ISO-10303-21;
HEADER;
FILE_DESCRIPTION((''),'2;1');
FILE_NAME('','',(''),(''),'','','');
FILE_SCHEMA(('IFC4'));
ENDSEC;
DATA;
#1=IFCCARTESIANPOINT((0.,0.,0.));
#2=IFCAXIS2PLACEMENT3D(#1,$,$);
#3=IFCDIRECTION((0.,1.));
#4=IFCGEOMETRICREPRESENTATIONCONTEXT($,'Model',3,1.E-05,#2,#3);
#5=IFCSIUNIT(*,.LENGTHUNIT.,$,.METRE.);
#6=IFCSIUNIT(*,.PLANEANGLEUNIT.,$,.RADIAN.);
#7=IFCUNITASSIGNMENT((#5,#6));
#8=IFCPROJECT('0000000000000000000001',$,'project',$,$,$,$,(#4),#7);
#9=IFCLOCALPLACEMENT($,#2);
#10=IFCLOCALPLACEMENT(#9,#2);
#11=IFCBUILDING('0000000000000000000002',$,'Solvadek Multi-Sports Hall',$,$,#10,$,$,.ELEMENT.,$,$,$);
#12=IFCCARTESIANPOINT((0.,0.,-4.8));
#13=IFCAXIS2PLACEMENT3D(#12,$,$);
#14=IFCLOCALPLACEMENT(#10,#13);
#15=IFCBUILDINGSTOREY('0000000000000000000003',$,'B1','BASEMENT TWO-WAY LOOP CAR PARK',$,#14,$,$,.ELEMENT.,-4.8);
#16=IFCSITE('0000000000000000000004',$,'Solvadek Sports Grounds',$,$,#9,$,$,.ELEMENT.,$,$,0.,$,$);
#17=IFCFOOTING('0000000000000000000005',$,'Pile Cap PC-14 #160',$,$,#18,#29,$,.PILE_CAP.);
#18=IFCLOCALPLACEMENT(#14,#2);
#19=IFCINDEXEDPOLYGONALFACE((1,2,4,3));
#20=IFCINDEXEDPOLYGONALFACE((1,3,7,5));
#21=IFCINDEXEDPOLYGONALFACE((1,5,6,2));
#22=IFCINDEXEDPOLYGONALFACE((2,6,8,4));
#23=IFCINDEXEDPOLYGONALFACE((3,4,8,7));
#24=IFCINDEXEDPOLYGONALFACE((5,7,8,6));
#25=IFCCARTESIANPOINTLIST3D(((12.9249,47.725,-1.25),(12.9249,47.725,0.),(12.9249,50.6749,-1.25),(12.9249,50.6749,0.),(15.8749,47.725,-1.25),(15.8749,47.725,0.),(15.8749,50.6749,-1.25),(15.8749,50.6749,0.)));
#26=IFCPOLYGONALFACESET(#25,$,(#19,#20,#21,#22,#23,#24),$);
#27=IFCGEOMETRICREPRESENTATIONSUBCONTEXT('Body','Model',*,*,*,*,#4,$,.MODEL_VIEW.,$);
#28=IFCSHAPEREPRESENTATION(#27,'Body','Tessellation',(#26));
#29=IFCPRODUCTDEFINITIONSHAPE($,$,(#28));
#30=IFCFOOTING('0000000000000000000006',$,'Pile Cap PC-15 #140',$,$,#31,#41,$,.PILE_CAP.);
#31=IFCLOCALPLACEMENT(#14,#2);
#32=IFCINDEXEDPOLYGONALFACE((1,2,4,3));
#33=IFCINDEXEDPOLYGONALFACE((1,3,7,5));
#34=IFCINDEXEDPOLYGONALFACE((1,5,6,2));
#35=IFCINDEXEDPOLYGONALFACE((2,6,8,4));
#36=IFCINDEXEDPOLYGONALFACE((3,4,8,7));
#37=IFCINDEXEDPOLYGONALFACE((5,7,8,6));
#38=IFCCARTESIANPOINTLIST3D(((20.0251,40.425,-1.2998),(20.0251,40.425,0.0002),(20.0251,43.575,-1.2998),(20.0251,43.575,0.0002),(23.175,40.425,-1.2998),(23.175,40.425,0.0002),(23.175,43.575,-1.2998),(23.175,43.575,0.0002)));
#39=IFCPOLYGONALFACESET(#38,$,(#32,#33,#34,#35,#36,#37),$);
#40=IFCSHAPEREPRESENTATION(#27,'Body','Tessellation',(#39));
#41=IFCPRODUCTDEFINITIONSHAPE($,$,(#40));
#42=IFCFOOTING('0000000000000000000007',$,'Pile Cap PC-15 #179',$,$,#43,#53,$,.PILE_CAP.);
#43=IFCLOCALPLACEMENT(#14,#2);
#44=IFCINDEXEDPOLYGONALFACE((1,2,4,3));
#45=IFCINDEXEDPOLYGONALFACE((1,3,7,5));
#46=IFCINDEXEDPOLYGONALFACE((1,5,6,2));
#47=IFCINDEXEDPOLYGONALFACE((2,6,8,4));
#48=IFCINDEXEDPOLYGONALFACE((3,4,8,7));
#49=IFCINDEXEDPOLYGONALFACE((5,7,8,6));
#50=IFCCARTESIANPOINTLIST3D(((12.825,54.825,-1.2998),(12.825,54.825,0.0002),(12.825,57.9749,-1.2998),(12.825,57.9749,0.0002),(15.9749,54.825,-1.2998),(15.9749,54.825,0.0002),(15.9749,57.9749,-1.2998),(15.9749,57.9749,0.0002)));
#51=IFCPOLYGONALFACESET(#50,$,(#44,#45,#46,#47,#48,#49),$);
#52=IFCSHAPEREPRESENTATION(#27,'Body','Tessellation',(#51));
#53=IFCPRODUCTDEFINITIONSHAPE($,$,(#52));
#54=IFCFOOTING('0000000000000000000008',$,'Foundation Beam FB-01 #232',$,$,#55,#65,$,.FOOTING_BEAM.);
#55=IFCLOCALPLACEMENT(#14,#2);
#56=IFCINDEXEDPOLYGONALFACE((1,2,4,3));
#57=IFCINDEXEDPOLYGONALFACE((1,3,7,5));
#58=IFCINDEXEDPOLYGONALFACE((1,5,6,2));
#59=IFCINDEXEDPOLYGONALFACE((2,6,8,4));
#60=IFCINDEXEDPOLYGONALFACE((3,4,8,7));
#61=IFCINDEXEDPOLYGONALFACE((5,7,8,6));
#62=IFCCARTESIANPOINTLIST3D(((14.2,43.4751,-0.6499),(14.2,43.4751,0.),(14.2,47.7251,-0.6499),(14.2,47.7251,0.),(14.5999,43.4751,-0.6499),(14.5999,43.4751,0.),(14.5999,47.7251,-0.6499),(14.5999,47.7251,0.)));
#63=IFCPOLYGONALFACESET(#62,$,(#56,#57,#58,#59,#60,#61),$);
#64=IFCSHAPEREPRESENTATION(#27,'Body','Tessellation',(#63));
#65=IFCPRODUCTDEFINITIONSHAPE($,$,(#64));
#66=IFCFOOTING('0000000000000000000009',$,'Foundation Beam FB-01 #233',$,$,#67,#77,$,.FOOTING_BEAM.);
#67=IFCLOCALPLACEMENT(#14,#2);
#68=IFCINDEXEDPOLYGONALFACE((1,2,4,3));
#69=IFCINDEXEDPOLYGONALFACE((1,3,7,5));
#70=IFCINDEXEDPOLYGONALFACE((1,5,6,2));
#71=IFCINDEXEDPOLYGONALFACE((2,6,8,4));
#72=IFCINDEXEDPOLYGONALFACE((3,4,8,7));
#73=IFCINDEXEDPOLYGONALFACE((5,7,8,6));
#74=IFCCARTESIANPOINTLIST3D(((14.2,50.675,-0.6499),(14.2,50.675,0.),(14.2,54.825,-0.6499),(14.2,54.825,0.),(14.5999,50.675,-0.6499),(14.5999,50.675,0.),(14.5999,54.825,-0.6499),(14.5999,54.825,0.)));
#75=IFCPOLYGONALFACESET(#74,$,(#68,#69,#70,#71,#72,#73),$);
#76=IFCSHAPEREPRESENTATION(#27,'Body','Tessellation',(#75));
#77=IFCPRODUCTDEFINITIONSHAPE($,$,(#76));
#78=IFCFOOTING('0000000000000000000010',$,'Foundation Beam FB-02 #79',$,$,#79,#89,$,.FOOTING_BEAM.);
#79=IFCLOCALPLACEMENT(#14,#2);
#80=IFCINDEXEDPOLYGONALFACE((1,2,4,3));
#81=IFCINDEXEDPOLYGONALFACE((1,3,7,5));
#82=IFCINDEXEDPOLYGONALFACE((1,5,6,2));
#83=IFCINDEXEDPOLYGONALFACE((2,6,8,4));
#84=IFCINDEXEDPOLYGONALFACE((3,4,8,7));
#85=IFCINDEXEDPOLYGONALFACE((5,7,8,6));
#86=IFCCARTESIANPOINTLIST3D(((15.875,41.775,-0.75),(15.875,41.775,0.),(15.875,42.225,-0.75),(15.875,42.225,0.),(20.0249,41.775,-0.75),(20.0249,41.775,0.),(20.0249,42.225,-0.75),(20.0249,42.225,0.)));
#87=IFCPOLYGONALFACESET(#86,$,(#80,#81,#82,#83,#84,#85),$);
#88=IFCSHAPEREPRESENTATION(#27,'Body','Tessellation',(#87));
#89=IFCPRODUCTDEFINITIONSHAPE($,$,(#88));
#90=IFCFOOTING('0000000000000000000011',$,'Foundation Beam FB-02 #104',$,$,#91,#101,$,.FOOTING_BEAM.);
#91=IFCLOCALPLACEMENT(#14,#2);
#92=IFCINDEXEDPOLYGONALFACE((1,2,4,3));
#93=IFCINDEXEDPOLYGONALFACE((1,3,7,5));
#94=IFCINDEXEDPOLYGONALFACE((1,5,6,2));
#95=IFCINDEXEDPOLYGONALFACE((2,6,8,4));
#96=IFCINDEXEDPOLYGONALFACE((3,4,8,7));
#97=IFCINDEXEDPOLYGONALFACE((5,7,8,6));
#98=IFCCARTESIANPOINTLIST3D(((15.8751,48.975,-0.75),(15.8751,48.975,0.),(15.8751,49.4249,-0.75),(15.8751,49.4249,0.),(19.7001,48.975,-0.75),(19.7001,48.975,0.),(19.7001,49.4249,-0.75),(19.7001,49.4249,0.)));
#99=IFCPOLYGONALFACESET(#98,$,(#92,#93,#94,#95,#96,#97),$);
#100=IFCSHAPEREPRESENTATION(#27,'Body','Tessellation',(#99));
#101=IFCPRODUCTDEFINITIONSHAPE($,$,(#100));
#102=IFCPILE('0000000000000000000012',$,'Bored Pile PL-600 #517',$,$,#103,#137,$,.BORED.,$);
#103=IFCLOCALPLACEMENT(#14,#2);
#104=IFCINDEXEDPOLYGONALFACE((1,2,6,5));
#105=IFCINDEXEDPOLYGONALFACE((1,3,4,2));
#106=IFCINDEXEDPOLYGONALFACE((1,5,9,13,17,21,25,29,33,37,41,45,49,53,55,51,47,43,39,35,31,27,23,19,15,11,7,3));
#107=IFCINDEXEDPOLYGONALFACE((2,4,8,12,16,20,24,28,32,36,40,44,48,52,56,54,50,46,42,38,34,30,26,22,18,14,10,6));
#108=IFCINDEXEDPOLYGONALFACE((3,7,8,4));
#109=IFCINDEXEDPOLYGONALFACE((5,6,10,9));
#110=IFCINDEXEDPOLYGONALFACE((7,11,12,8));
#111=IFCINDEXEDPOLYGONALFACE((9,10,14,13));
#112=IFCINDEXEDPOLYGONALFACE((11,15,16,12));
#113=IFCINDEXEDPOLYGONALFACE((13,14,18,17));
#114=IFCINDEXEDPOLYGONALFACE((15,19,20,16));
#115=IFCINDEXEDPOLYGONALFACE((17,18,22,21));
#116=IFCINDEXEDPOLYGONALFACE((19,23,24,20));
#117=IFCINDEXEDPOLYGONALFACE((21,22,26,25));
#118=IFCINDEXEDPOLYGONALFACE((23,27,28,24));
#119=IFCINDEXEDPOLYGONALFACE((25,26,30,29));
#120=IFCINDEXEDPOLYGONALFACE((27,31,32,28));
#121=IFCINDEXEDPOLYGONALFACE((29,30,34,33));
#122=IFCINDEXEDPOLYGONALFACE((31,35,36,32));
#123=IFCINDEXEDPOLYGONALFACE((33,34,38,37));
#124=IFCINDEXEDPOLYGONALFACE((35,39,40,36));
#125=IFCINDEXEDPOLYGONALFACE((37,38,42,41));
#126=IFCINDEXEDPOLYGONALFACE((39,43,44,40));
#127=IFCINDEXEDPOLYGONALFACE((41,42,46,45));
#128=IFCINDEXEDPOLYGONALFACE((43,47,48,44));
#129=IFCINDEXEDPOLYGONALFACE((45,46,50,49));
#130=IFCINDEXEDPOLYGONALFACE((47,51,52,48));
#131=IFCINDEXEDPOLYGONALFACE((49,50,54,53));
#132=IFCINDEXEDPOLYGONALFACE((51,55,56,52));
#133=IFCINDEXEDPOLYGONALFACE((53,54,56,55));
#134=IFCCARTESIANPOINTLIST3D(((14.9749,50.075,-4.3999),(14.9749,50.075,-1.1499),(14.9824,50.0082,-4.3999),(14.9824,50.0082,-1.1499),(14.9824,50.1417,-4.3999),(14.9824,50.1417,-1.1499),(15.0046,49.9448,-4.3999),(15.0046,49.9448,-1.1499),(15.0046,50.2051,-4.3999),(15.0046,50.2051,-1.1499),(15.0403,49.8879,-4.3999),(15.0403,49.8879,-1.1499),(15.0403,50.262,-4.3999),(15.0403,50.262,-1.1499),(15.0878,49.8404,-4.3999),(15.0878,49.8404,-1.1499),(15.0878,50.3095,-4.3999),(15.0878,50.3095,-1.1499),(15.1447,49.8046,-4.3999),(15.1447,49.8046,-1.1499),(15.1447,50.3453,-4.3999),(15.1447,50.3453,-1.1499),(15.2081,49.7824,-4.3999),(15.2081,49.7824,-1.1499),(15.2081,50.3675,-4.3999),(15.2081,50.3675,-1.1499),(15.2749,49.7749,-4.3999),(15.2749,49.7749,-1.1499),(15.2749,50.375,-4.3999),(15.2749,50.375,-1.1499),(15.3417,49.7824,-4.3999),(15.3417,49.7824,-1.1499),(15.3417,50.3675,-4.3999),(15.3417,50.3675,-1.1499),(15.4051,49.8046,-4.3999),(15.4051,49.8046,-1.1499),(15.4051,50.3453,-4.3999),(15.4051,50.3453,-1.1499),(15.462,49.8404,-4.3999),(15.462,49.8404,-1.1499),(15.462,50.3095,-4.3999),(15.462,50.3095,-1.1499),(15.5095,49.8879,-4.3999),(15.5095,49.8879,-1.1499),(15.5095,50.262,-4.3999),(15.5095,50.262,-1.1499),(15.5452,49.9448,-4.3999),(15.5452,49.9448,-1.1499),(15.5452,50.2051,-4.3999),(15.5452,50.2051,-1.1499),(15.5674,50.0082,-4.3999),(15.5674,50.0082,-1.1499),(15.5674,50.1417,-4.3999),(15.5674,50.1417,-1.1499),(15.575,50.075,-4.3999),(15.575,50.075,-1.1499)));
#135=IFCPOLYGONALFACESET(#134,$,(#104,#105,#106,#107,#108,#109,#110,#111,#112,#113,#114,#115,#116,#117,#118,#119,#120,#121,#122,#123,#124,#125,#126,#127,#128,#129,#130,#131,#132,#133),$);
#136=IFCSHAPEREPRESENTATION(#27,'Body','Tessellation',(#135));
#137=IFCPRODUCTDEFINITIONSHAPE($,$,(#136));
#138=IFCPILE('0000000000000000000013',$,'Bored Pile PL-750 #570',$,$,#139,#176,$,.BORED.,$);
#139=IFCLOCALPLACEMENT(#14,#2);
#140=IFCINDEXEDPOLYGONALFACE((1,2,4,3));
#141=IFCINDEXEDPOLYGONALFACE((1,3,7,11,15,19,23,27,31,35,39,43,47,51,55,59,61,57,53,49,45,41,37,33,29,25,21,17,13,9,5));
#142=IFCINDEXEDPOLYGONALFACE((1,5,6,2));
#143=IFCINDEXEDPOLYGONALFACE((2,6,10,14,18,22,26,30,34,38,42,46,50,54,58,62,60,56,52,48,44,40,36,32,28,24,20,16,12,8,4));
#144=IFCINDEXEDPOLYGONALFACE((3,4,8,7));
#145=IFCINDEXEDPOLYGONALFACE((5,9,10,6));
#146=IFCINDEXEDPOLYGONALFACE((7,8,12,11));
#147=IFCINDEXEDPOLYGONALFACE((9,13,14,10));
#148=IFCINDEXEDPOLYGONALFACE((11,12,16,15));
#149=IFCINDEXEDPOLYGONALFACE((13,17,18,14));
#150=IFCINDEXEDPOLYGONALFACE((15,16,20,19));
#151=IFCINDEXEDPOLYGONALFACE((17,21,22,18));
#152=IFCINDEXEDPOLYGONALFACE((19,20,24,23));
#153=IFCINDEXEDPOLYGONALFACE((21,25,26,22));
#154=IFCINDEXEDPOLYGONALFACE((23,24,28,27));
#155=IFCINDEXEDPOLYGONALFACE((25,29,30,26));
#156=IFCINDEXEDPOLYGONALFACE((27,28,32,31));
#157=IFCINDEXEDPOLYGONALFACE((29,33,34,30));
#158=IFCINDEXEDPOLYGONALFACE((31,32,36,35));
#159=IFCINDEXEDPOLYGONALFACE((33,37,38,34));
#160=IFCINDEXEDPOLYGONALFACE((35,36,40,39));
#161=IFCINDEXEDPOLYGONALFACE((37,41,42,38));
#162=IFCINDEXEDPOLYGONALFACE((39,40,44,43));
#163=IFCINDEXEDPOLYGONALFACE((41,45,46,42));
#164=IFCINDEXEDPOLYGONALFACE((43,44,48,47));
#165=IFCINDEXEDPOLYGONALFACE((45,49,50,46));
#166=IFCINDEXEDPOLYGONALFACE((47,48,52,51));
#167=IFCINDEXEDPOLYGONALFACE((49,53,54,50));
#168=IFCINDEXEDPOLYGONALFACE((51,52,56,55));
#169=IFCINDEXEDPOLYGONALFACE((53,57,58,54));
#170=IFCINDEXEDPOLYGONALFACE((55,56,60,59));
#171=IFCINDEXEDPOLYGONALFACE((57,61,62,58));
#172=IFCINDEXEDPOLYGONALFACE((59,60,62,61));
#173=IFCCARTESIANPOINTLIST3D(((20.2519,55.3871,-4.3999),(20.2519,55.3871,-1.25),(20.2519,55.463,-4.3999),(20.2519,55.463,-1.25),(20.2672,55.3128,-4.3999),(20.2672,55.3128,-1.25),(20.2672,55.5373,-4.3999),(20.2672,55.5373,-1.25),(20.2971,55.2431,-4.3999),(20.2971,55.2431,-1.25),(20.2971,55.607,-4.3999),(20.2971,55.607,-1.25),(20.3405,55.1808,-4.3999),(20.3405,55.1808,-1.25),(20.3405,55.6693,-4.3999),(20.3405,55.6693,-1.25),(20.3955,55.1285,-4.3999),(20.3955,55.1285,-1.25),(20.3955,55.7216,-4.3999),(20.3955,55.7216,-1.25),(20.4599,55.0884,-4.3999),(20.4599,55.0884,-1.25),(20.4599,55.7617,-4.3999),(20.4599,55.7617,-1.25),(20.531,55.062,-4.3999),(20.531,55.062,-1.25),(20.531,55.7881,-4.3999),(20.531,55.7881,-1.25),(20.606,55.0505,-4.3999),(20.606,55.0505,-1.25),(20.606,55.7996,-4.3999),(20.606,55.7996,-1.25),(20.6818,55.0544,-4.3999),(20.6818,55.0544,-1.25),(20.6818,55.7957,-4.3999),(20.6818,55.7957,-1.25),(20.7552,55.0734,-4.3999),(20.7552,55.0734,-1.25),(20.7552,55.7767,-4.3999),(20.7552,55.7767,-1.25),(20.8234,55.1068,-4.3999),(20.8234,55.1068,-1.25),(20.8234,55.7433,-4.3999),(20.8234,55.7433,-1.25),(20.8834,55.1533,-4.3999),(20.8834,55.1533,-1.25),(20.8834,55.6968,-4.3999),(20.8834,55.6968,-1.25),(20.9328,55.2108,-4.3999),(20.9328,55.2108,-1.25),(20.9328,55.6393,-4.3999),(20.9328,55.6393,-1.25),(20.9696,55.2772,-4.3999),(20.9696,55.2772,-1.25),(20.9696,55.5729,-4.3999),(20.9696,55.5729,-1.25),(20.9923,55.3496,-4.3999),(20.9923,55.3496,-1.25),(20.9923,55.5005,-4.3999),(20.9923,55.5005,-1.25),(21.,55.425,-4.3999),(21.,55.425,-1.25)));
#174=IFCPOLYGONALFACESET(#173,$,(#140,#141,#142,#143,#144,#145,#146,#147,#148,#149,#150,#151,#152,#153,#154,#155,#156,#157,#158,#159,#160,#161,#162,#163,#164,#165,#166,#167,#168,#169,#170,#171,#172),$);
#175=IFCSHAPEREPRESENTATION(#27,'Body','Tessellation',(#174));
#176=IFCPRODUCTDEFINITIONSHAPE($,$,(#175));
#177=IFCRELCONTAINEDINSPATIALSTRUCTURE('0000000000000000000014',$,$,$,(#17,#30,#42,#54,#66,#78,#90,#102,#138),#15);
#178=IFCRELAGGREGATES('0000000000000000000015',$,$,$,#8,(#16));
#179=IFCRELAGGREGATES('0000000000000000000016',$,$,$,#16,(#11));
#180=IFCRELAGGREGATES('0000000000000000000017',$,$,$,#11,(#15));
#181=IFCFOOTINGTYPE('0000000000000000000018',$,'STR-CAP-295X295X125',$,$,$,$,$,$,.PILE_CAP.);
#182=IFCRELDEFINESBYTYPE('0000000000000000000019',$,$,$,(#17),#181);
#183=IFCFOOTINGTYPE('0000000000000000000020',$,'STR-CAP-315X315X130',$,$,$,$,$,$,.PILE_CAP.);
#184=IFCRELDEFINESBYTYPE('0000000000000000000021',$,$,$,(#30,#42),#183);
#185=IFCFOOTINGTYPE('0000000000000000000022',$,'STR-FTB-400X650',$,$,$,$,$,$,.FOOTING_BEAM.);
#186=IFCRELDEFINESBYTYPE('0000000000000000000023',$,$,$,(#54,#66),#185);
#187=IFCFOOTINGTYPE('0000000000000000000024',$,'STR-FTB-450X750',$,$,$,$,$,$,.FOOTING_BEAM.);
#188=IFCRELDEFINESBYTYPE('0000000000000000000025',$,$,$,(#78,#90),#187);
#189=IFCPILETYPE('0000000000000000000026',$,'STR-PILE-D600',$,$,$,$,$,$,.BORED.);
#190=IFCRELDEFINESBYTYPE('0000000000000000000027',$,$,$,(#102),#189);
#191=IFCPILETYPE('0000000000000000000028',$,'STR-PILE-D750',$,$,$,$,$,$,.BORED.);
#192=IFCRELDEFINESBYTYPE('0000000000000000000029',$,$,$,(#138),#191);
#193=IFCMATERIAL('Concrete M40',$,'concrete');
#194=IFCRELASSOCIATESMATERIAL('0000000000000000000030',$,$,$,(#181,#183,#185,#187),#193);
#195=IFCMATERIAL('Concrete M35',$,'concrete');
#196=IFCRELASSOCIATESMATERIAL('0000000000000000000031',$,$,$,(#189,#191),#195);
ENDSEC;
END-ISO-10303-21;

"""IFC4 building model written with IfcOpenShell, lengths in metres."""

from ifc_helpers import new_model, si_unit, direction, frame, origin, origin_2d, place, context, subcontext, project, spatial, rectangle, circle, extrude, material, material_profile, profile_set, type_object, element, save


model = new_model("IFC4")

# Units and contexts
model_context = context("Model", 3, precision=1e-05, world=origin(), true_north=direction((0.0, 1.0)))
body_context = subcontext(model_context, "Body", "Model", "MODEL_VIEW")
ifc_project = project(units=[si_unit("LENGTHUNIT", "METRE"), si_unit("PLANEANGLEUNIT", "RADIAN")], contexts=[model_context])

# Site, building, storey
site_placement = place(None, origin())
site = spatial("IfcSite", under=ifc_project, at=site_placement, Name="Solvadek Sports Grounds", CompositionType="ELEMENT", RefElevation=0.0)
building_placement = place(site_placement, origin())
building = spatial("IfcBuilding", under=site, at=building_placement, Name="Solvadek Multi-Sports Hall", CompositionType="ELEMENT")
storey_placement = place(building_placement, frame((0.0, 0.0, -4.8)))
storey = spatial("IfcBuildingStorey", under=building, at=storey_placement, Name="B1", Description="BASEMENT TWO-WAY LOOP CAR PARK", CompositionType="ELEMENT", Elevation=-4.8)

# Footings
ifc_material_1 = material(Name="Concrete M40", Category="concrete")
footing_type_1 = type_object("IfcFootingType", Name="STR-CAP-295X295X125", PredefinedType="PILE_CAP", material=ifc_material_1)
footing_1_placement = place(storey_placement, frame((14.3999, 49.2, -1.25), z_axis=(0.0, 0.0, 1.0), x_axis=(1.0, 0.0, 0.0)))
element("IfcFooting", 1, at=footing_1_placement, inside=storey, type_object=footing_type_1, Name="Pile Cap PC-14 #160", PredefinedType="PILE_CAP", context=body_context, shape_type="SweptSolid", body=[
    extrude(rectangle(XDim=2.95, YDim=2.95, at=origin_2d()), origin(), (0.0, 0.0, 1.0), 1.25),
])
footing_type_2 = type_object("IfcFootingType", Name="STR-CAP-315X315X130", PredefinedType="PILE_CAP", material=ifc_material_1)
for number, where, z_axis, x_axis, name in (
    (2, (21.6001, 42.0, -1.2998), (0.0, 0.0, 1.0), (1.0, 0.0, 0.0), "Pile Cap PC-15 #140"),
    (3, (14.3999, 56.3999, -1.2998), (0.0, 0.0, 1.0), (1.0, 0.0, 0.0), "Pile Cap PC-15 #179"),
):
    element("IfcFooting", number, at=place(storey_placement, frame(where, z_axis=z_axis, x_axis=x_axis)), inside=storey, type_object=footing_type_2, Name=name, PredefinedType="PILE_CAP", context=body_context, shape_type="SweptSolid", body=[
        extrude(rectangle(XDim=3.1499, YDim=3.1499, at=origin_2d()), origin(), (0.0, 0.0, 1.0), 1.3),
    ])
footing_type_3 = type_object("IfcFootingType", Name="STR-FTB-400X650", PredefinedType="FOOTING_BEAM", material=ifc_material_1)
footing_2_placement = place(storey_placement, frame((14.3999, 45.6001, -0.6499), z_axis=(0.0, 0.0, 1.0), x_axis=(0.0, 1.0, 0.0)))
element("IfcFooting", 4, at=footing_2_placement, inside=storey, type_object=footing_type_3, Name="Foundation Beam FB-01 #232", PredefinedType="FOOTING_BEAM", context=body_context, shape_type="SweptSolid", body=[
    extrude(rectangle(XDim=4.25, YDim=0.3999, at=origin_2d()), origin(), (0.0, 0.0, 1.0), 0.6499),
])
footing_3_placement = place(storey_placement, frame((14.3999, 52.75, -0.6499), z_axis=(0.0, 0.0, 1.0), x_axis=(0.0, 1.0, 0.0)))
element("IfcFooting", 5, at=footing_3_placement, inside=storey, type_object=footing_type_3, Name="Foundation Beam FB-01 #233", PredefinedType="FOOTING_BEAM", context=body_context, shape_type="SweptSolid", body=[
    extrude(rectangle(XDim=4.1499, YDim=0.3999, at=origin_2d()), origin(), (0.0, 0.0, 1.0), 0.6499),
])
footing_type_4 = type_object("IfcFootingType", Name="STR-FTB-450X750", PredefinedType="FOOTING_BEAM", material=ifc_material_1)
footing_4_placement = place(storey_placement, frame((17.95, 42.0, -0.75), z_axis=(0.0, 0.0, 1.0), x_axis=(1.0, 0.0, 0.0)))
element("IfcFooting", 6, at=footing_4_placement, inside=storey, type_object=footing_type_4, Name="Foundation Beam FB-02 #79", PredefinedType="FOOTING_BEAM", context=body_context, shape_type="SweptSolid", body=[
    extrude(rectangle(XDim=4.1499, YDim=0.45, at=origin_2d()), origin(), (0.0, 0.0, 1.0), 0.75),
])
footing_5_placement = place(storey_placement, frame((17.7876, 49.2, -0.75), z_axis=(0.0, 0.0, 1.0), x_axis=(1.0, 0.0, 0.0)))
element("IfcFooting", 7, at=footing_5_placement, inside=storey, type_object=footing_type_4, Name="Foundation Beam FB-02 #104", PredefinedType="FOOTING_BEAM", context=body_context, shape_type="SweptSolid", body=[
    extrude(rectangle(XDim=3.825, YDim=0.45, at=origin_2d()), origin(), (0.0, 0.0, 1.0), 0.75),
])

# Piles
ifc_material_2 = material(Name="Concrete M35", Category="concrete")
ifc_material_profile_1 = material_profile(ifc_material_2, circle(Radius=0.3, at=origin_2d()), Name="BORED PILE D600")
ifc_profile_set_1 = profile_set([ifc_material_profile_1], Name="Concrete M35")
pile_type_1 = type_object("IfcPileType", Name="STR-PILE-D600", PredefinedType="BORED", material=ifc_profile_set_1)
pile_1_placement = place(storey_placement, frame((15.2749, 50.075, -1.1499), z_axis=(0.0, 0.0, -1.0), x_axis=(1.0, 0.0, 0.0)))
element("IfcPile", 8, at=pile_1_placement, inside=storey, type_object=pile_type_1, Name="Bored Pile PL-600 #517", PredefinedType="BORED", context=body_context, shape_type="SweptSolid", body=[
    extrude(circle(Radius=0.3, at=origin_2d()), origin(), (0.0, 0.0, 1.0), 3.25),
])
ifc_material_profile_2 = material_profile(ifc_material_2, circle(Radius=0.375, at=origin_2d()), Name="BORED PILE D750")
ifc_profile_set_2 = profile_set([ifc_material_profile_2], Name="Concrete M35")
pile_type_2 = type_object("IfcPileType", Name="STR-PILE-D750", PredefinedType="BORED", material=ifc_profile_set_2)
pile_2_placement = place(storey_placement, frame((20.625, 55.425, -1.25), z_axis=(0.0, 0.0, -1.0), x_axis=(1.0, 0.0, 0.0)))
element("IfcPile", 9, at=pile_2_placement, inside=storey, type_object=pile_type_2, Name="Bored Pile PL-750 #570", PredefinedType="BORED", context=body_context, shape_type="SweptSolid", body=[
    extrude(circle(Radius=0.375, at=origin_2d()), origin(), (0.0, 0.0, 1.0), 3.1499),
])

save(model, "model.ifc")
